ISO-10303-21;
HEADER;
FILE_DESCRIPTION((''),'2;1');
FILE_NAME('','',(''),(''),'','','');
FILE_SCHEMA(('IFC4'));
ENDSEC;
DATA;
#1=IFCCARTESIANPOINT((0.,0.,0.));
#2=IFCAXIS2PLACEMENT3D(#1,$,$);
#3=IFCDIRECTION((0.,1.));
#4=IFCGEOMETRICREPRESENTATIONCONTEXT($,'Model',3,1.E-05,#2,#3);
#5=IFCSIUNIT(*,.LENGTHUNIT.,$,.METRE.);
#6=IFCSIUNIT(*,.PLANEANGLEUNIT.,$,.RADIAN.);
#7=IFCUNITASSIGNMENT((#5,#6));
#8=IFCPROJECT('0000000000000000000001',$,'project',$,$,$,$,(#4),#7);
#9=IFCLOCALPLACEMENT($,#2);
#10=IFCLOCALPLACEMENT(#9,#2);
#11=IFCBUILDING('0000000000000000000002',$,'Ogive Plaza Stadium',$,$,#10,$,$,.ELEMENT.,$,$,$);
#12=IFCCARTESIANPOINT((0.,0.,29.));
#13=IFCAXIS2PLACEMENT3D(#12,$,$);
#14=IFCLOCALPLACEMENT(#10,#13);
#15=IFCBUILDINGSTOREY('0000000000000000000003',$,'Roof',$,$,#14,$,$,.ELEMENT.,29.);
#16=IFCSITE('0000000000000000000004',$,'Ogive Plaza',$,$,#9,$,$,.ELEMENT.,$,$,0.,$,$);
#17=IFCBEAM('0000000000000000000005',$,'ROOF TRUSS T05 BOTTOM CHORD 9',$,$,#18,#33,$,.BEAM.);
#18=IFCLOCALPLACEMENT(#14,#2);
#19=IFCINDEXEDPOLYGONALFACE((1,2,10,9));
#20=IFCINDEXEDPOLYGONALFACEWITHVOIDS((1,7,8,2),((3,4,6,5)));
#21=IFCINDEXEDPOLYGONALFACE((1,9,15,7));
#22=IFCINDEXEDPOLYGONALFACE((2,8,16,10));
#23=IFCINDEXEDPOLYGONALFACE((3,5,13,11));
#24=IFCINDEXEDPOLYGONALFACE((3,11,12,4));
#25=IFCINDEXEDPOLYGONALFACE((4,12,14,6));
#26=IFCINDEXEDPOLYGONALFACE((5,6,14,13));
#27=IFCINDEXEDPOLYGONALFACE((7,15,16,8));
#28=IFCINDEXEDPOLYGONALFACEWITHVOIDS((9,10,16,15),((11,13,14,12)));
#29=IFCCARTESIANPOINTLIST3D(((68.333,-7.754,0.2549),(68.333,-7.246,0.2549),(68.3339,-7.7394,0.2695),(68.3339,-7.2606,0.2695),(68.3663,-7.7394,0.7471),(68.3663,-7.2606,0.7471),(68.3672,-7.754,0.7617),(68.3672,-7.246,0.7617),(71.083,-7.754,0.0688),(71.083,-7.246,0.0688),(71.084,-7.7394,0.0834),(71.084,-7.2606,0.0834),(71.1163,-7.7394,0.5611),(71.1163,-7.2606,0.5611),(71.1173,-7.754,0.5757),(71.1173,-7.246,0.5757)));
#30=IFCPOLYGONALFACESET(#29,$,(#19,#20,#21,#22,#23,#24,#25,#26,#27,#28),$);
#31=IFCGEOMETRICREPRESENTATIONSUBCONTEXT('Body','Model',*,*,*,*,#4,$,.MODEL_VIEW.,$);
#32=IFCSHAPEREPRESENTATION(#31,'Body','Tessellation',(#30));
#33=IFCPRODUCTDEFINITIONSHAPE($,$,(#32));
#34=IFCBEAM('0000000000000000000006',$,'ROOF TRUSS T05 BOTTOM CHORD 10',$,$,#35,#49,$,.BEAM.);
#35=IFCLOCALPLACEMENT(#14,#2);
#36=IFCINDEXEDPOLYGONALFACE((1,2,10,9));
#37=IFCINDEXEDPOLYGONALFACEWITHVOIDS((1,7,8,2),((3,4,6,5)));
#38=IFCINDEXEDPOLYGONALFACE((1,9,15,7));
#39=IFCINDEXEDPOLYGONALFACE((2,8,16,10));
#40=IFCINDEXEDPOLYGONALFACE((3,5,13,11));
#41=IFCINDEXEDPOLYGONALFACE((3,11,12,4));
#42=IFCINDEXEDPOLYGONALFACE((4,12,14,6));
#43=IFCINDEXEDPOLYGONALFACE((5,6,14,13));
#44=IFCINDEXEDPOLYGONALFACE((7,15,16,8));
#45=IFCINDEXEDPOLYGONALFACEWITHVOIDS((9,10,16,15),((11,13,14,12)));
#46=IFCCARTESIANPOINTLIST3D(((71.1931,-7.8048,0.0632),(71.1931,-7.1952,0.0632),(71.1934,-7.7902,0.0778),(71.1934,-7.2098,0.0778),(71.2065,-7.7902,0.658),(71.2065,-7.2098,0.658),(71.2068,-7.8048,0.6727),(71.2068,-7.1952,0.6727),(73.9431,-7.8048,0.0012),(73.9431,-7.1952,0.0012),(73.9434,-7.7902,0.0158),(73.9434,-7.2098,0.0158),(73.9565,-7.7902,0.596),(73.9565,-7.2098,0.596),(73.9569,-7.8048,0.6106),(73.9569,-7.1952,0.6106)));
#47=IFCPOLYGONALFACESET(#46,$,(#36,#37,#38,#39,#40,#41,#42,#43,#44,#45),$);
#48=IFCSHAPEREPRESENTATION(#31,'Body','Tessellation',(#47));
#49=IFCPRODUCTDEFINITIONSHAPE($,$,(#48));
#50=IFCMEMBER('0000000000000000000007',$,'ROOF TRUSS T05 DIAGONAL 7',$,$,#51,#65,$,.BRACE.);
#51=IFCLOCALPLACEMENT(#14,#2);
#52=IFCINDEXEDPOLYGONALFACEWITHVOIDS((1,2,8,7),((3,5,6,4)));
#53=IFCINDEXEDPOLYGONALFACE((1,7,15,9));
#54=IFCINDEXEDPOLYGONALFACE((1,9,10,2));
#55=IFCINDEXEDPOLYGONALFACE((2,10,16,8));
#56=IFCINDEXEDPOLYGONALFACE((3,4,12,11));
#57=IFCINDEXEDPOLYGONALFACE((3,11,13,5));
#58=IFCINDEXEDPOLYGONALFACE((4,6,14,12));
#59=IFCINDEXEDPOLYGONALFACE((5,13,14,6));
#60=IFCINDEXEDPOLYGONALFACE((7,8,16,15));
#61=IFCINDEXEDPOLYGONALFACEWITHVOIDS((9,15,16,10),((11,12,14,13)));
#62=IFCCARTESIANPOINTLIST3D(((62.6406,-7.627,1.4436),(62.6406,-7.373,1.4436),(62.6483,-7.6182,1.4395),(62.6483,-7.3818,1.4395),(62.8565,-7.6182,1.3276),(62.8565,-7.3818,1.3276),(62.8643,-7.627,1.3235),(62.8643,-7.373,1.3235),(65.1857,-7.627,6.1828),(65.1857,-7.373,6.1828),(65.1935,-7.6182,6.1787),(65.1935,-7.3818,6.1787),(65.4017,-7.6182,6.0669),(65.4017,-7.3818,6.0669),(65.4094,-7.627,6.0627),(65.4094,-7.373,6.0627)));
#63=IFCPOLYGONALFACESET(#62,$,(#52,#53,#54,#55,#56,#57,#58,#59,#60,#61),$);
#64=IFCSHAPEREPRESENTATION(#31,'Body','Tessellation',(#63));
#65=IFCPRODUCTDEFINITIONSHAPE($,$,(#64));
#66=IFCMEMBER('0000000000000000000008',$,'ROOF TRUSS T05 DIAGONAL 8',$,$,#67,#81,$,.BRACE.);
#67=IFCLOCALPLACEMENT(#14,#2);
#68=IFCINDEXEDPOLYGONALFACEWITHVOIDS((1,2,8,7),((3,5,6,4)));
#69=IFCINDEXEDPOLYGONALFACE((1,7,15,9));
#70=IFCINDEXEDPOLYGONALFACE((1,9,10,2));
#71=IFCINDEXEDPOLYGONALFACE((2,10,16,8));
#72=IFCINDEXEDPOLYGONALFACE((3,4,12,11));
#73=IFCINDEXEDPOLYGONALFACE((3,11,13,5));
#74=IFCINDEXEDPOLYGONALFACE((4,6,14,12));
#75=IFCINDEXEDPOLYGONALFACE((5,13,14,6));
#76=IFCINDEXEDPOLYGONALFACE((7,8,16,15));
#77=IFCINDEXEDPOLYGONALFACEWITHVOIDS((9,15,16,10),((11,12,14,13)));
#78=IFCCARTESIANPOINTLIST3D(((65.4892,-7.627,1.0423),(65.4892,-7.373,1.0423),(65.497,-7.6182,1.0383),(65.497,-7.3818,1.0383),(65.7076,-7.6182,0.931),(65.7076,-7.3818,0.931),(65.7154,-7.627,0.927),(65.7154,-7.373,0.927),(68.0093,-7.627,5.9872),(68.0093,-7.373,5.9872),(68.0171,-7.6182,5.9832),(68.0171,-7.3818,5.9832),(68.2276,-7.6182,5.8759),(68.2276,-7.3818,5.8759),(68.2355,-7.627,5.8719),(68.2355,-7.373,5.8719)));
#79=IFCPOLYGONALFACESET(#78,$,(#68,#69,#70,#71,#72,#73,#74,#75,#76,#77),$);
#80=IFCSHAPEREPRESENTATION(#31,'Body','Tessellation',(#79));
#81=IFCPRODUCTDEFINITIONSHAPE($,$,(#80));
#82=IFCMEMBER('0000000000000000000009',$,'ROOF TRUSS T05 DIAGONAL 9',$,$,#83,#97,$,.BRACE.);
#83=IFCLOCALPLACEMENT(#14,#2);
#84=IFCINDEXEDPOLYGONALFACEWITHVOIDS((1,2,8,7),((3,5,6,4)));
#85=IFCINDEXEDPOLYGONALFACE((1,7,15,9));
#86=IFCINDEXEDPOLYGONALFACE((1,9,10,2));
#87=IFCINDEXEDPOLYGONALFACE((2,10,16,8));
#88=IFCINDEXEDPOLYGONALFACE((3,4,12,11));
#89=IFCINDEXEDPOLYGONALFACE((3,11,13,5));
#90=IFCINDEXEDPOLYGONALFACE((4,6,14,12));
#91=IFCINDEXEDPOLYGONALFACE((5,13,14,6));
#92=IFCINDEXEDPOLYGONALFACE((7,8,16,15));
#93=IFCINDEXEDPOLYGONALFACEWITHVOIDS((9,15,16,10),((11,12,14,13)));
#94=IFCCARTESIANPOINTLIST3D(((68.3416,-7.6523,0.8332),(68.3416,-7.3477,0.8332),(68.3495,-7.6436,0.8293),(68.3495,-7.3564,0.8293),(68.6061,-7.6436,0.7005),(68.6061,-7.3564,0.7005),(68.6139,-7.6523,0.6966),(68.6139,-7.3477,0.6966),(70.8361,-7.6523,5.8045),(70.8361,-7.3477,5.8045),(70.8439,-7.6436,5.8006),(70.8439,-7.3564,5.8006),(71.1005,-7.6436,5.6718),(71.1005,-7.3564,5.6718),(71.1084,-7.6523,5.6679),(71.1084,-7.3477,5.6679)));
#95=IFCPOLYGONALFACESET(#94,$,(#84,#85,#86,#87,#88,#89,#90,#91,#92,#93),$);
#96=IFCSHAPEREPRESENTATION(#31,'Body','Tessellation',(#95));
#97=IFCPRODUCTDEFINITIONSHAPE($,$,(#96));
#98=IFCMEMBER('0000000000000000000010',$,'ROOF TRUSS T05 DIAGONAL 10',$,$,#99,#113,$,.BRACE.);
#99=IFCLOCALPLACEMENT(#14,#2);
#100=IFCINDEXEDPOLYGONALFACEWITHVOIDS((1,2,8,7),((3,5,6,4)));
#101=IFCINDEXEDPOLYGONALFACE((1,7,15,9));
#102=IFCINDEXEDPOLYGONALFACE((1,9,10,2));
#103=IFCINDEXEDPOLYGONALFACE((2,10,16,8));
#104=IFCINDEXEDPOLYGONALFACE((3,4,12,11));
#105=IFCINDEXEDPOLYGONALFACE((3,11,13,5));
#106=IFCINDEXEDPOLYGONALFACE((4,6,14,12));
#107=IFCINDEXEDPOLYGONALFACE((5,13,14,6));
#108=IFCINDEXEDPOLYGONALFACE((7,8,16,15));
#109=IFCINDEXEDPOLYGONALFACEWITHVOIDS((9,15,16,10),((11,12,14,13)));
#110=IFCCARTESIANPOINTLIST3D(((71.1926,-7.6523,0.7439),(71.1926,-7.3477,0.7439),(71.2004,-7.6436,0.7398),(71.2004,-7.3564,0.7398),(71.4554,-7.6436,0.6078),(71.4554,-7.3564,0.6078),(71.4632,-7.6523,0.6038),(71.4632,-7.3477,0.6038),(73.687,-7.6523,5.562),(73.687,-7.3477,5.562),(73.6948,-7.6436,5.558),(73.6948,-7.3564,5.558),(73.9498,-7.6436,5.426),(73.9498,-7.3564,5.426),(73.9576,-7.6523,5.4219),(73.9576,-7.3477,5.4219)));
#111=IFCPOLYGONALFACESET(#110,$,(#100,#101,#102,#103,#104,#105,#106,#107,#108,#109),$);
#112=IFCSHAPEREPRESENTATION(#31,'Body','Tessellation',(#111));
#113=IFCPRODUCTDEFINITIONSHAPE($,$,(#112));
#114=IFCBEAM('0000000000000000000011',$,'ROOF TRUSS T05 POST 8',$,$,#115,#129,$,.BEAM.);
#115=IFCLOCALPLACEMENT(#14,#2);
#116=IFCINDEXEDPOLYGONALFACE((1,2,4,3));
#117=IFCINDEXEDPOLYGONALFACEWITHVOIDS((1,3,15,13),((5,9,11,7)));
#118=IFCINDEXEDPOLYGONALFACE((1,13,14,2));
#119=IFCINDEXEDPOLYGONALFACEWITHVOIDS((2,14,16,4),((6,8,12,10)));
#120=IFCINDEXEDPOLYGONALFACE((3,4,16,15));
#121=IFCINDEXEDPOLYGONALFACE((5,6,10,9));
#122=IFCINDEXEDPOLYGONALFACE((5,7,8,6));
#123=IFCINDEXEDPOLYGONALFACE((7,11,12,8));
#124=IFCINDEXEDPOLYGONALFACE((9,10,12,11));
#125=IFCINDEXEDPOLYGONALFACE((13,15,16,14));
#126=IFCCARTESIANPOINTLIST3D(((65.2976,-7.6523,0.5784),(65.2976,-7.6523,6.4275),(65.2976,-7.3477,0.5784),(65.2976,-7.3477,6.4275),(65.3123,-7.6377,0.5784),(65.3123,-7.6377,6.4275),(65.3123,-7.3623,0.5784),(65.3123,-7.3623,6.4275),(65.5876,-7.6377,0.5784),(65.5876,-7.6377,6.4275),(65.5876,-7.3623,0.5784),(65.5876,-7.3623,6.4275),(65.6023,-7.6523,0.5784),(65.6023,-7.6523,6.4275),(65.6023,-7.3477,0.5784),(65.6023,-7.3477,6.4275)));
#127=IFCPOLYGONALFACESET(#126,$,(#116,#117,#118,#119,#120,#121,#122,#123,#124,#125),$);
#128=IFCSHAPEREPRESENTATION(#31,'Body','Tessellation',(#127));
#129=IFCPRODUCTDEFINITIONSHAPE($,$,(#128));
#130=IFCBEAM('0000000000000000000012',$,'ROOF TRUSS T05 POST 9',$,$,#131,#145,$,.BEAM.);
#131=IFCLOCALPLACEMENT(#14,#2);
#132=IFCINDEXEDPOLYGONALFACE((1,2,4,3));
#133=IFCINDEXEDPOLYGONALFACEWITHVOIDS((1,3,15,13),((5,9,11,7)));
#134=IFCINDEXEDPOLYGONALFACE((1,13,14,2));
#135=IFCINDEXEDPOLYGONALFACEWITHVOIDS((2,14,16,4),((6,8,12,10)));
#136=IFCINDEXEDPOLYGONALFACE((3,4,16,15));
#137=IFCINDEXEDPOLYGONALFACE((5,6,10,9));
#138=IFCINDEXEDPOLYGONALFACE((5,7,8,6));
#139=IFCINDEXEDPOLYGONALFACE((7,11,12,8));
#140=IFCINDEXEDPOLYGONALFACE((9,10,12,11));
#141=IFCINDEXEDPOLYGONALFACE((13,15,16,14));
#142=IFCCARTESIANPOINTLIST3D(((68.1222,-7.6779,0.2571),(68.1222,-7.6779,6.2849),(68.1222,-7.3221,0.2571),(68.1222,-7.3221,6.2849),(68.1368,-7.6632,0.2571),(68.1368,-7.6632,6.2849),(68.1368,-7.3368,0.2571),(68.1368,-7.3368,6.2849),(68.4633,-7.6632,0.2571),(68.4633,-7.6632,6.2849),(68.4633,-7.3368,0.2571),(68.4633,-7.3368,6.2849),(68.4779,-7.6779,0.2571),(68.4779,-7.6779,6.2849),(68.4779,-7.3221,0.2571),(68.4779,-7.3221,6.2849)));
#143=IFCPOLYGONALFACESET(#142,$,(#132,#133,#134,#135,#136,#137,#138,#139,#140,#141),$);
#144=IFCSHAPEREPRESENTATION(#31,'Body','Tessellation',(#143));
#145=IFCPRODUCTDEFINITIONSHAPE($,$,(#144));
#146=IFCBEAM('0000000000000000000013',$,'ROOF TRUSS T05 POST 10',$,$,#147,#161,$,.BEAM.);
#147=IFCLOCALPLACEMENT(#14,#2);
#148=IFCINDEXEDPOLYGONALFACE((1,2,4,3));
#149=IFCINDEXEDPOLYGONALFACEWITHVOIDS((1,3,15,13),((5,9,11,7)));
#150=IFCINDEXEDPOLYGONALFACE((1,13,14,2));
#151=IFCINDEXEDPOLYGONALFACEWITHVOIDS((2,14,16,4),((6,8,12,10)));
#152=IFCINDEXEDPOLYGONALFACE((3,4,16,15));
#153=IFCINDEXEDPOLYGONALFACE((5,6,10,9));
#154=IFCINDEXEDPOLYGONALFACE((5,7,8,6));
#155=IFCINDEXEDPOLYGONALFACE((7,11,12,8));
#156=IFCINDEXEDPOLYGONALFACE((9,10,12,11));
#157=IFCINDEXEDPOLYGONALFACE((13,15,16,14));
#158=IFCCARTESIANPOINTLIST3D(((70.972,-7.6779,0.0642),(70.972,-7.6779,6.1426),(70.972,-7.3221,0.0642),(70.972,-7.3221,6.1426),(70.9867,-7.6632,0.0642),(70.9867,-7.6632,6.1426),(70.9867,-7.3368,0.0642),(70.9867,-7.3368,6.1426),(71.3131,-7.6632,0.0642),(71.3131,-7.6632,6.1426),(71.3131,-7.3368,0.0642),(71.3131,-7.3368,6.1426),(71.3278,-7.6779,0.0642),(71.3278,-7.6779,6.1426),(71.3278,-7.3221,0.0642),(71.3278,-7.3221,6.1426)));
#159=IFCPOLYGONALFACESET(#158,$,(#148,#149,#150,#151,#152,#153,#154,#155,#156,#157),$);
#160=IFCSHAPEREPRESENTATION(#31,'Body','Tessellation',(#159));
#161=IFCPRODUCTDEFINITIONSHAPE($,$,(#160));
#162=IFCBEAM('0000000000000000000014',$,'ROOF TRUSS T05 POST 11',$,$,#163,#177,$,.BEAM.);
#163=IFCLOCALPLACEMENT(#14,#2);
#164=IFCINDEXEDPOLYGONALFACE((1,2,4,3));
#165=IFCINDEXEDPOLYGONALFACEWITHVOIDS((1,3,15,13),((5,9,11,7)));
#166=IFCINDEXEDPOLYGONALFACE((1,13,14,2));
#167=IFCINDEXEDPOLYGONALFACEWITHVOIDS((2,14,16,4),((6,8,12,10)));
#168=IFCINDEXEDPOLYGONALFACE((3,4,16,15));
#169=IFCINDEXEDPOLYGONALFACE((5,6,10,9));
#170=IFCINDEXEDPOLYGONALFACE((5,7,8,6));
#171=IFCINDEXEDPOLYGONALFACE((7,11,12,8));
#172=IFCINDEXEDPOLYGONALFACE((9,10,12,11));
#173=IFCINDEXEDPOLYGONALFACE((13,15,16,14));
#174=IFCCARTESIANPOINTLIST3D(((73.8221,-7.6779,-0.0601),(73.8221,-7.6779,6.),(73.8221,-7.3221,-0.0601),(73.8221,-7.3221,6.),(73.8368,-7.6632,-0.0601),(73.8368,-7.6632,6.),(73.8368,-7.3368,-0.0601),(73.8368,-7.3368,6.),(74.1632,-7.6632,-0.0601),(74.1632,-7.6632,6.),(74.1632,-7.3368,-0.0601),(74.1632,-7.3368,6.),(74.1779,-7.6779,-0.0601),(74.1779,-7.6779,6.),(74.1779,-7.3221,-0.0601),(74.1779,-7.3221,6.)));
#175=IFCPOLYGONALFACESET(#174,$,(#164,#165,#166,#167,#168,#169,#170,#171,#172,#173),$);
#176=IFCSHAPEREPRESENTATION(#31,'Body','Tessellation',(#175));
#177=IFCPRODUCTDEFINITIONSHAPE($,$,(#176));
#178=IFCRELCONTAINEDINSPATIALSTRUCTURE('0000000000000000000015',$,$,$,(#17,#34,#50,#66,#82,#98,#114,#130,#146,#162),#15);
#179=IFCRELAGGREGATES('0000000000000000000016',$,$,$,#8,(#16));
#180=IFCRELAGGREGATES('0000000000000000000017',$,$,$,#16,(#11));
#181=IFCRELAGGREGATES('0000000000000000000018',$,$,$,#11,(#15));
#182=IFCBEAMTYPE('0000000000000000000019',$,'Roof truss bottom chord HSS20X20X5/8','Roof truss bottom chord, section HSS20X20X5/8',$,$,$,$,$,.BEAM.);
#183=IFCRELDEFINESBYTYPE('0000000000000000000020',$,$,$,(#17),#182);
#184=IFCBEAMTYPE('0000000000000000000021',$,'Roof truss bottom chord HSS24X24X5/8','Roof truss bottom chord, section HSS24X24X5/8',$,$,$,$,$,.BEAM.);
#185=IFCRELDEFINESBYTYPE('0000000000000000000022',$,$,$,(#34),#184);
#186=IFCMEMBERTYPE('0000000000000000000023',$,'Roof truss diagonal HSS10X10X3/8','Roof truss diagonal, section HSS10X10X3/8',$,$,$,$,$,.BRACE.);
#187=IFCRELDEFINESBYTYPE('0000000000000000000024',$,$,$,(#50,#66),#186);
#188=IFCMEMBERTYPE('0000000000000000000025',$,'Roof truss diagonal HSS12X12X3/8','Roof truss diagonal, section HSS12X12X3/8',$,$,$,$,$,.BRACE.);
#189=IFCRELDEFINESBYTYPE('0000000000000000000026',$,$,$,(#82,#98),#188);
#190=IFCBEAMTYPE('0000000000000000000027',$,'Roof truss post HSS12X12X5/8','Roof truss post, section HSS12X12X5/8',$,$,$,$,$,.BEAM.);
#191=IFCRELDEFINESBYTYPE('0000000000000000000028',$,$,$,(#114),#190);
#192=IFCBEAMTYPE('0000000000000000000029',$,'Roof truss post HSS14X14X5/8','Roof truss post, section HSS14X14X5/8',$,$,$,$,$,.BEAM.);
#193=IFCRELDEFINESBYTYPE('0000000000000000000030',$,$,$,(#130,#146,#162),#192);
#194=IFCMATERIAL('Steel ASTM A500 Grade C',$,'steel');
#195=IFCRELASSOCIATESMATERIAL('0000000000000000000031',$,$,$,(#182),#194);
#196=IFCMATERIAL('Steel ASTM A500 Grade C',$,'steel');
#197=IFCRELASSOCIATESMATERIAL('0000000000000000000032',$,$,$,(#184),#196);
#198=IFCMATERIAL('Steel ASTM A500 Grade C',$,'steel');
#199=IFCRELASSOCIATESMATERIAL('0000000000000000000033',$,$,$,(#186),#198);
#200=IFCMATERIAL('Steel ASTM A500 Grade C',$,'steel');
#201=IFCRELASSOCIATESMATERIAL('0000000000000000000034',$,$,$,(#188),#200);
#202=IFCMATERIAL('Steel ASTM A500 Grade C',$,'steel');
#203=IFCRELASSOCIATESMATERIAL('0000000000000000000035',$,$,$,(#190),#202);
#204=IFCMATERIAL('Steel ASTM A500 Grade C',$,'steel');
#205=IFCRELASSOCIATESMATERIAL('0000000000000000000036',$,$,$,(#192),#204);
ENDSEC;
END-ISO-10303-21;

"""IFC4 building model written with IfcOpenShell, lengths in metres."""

from ifc_helpers import new_model, si_unit, direction, frame, origin, origin_2d, place, context, subcontext, project, spatial, hollow_rectangle, extrude, material, material_profile, profile_set, type_object, element, save


model = new_model("IFC4")

# Units and contexts
model_context = context("Model", 3, precision=1e-05, world=origin(), true_north=direction((0.0, 1.0)))
body_context = subcontext(model_context, "Body", "Model", "MODEL_VIEW")
ifc_project = project(units=[si_unit("LENGTHUNIT", "METRE"), si_unit("PLANEANGLEUNIT", "RADIAN")], contexts=[model_context])

# Site, building, storey
site_placement = place(None, origin())
site = spatial("IfcSite", under=ifc_project, at=site_placement, Name="Ogive Plaza", CompositionType="ELEMENT", RefElevation=0.0)
building_placement = place(site_placement, origin())
building = spatial("IfcBuilding", under=site, at=building_placement, Name="Ogive Plaza Stadium", CompositionType="ELEMENT")
storey_placement = place(building_placement, frame((0.0, 0.0, 29.0)))
storey = spatial("IfcBuildingStorey", under=building, at=storey_placement, Name="Roof", CompositionType="ELEMENT", Elevation=29.0)

# Beams
ifc_material_1 = material(Name="Steel ASTM A500 Grade C", Category="steel")
ifc_material_profile_1 = material_profile(ifc_material_1, hollow_rectangle(XDim=0.5081, YDim=0.5081, WallThickness=0.0146, at=origin_2d()), Name="HSS20X20X5/8")
ifc_profile_set_1 = profile_set([ifc_material_profile_1], Name="Steel ASTM A500 Grade C")
beam_type_1 = type_object("IfcBeamType", Name="Roof truss bottom chord HSS20X20X5/8", Description="Roof truss bottom chord, section HSS20X20X5/8", PredefinedType="BEAM", material=ifc_profile_set_1)
beam_1_placement = place(storey_placement, frame((68.3501, -7.5, 0.5083), z_axis=(0.99772, 0.0, -0.067495), x_axis=(0.0, 1.0, 0.0)))
element("IfcBeam", 1, at=beam_1_placement, inside=storey, type_object=beam_type_1, Name="ROOF TRUSS T05 BOTTOM CHORD 9", PredefinedType="BEAM", context=body_context, shape_type="SweptSolid", body=[
    extrude(hollow_rectangle(XDim=0.5081, YDim=0.5081, WallThickness=0.0146, at=origin_2d()), origin(), (0.0, 0.0, 1.0), 2.7563),
])
ifc_material_2 = material(Name="Steel ASTM A500 Grade C", Category="steel")
ifc_material_profile_2 = material_profile(ifc_material_2, hollow_rectangle(XDim=0.6096, YDim=0.6096, WallThickness=0.0146, at=origin_2d()), Name="HSS24X24X5/8")
ifc_profile_set_2 = profile_set([ifc_material_profile_2], Name="Steel ASTM A500 Grade C")
beam_type_2 = type_object("IfcBeamType", Name="Roof truss bottom chord HSS24X24X5/8", Description="Roof truss bottom chord, section HSS24X24X5/8", PredefinedType="BEAM", material=ifc_profile_set_2)
beam_2_placement = place(storey_placement, frame((71.2, -7.5, 0.3679), z_axis=(0.999746, 0.0, -0.022544), x_axis=(0.0, 1.0, 0.0)))
element("IfcBeam", 2, at=beam_2_placement, inside=storey, type_object=beam_type_2, Name="ROOF TRUSS T05 BOTTOM CHORD 10", PredefinedType="BEAM", context=body_context, shape_type="SweptSolid", body=[
    extrude(hollow_rectangle(XDim=0.6096, YDim=0.6096, WallThickness=0.0146, at=origin_2d()), origin(), (0.0, 0.0, 1.0), 2.7507),
])

# Members
ifc_material_3 = material(Name="Steel ASTM A500 Grade C", Category="steel")
ifc_material_profile_3 = material_profile(ifc_material_3, hollow_rectangle(XDim=0.2539, YDim=0.2539, WallThickness=0.0088, at=origin_2d()), Name="HSS10X10X3/8")
ifc_profile_set_3 = profile_set([ifc_material_profile_3], Name="Steel ASTM A500 Grade C")
member_type_1 = type_object("IfcMemberType", Name="Roof truss diagonal HSS10X10X3/8", Description="Roof truss diagonal, section HSS10X10X3/8", PredefinedType="BRACE", material=ifc_profile_set_3)
member_1_placement = place(storey_placement, frame((62.7524, -7.5, 1.3835), z_axis=(0.473128, 0.0, 0.880994), x_axis=(0.0, 1.0, 0.0)))
element("IfcMember", 3, at=member_1_placement, inside=storey, type_object=member_type_1, Name="ROOF TRUSS T05 DIAGONAL 7", PredefinedType="BRACE", context=body_context, shape_type="SweptSolid", body=[
    extrude(hollow_rectangle(XDim=0.2539, YDim=0.2539, WallThickness=0.0088, at=origin_2d()), origin(), (0.0, 0.0, 1.0), 5.3794),
])
member_2_placement = place(storey_placement, frame((65.6023, -7.5, 0.9846), z_axis=(0.454063, 0.0, 0.89097), x_axis=(0.0, 1.0, 0.0)))
element("IfcMember", 4, at=member_2_placement, inside=storey, type_object=member_type_1, Name="ROOF TRUSS T05 DIAGONAL 8", PredefinedType="BRACE", context=body_context, shape_type="SweptSolid", body=[
    extrude(hollow_rectangle(XDim=0.2539, YDim=0.2539, WallThickness=0.0088, at=origin_2d()), origin(), (0.0, 0.0, 1.0), 5.55),
])
ifc_material_4 = material(Name="Steel ASTM A500 Grade C", Category="steel")
ifc_material_profile_4 = material_profile(ifc_material_4, hollow_rectangle(XDim=0.3047, YDim=0.3047, WallThickness=0.0088, at=origin_2d()), Name="HSS12X12X3/8")
ifc_profile_set_4 = profile_set([ifc_material_profile_4], Name="Steel ASTM A500 Grade C")
member_type_2 = type_object("IfcMemberType", Name="Roof truss diagonal HSS12X12X3/8", Description="Roof truss diagonal, section HSS12X12X3/8", PredefinedType="BRACE", material=ifc_profile_set_4)
member_3_placement = place(storey_placement, frame((68.4778, -7.5, 0.7649), z_axis=(0.448477, 0.0, 0.893794), x_axis=(0.0, 1.0, 0.0)))
element("IfcMember", 5, at=member_3_placement, inside=storey, type_object=member_type_2, Name="ROOF TRUSS T05 DIAGONAL 9", PredefinedType="BRACE", context=body_context, shape_type="SweptSolid", body=[
    extrude(hollow_rectangle(XDim=0.3047, YDim=0.3047, WallThickness=0.0088, at=origin_2d()), origin(), (0.0, 0.0, 1.0), 5.562),
])
member_4_placement = place(storey_placement, frame((71.3279, -7.5, 0.6738), z_axis=(0.459751, 0.0, 0.888048), x_axis=(0.0, 1.0, 0.0)))
element("IfcMember", 6, at=member_4_placement, inside=storey, type_object=member_type_2, Name="ROOF TRUSS T05 DIAGONAL 10", PredefinedType="BRACE", context=body_context, shape_type="SweptSolid", body=[
    extrude(hollow_rectangle(XDim=0.3047, YDim=0.3047, WallThickness=0.0088, at=origin_2d()), origin(), (0.0, 0.0, 1.0), 5.4255),
])

# Beams
ifc_material_5 = material(Name="Steel ASTM A500 Grade C", Category="steel")
ifc_material_profile_5 = material_profile(ifc_material_5, hollow_rectangle(XDim=0.3047, YDim=0.3047, WallThickness=0.0146, at=origin_2d()), Name="HSS12X12X5/8")
ifc_profile_set_5 = profile_set([ifc_material_profile_5], Name="Steel ASTM A500 Grade C")
beam_type_3 = type_object("IfcBeamType", Name="Roof truss post HSS12X12X5/8", Description="Roof truss post, section HSS12X12X5/8", PredefinedType="BEAM", material=ifc_profile_set_5)
beam_3_placement = place(storey_placement, frame((65.45, -7.5, 0.5784), z_axis=(0.0, 0.0, 1.0), x_axis=(0.0, 1.0, 0.0)))
element("IfcBeam", 7, at=beam_3_placement, inside=storey, type_object=beam_type_3, Name="ROOF TRUSS T05 POST 8", PredefinedType="BEAM", context=body_context, shape_type="SweptSolid", body=[
    extrude(hollow_rectangle(XDim=0.3047, YDim=0.3047, WallThickness=0.0146, at=origin_2d()), origin(), (0.0, 0.0, 1.0), 5.8491),
])
ifc_material_6 = material(Name="Steel ASTM A500 Grade C", Category="steel")
ifc_material_profile_6 = material_profile(ifc_material_6, hollow_rectangle(XDim=0.3557, YDim=0.3557, WallThickness=0.0146, at=origin_2d()), Name="HSS14X14X5/8")
ifc_profile_set_6 = profile_set([ifc_material_profile_6], Name="Steel ASTM A500 Grade C")
beam_type_4 = type_object("IfcBeamType", Name="Roof truss post HSS14X14X5/8", Description="Roof truss post, section HSS14X14X5/8", PredefinedType="BEAM", material=ifc_profile_set_6)
beam_4_placement = place(storey_placement, frame((68.3, -7.5, 0.2571), z_axis=(0.0, 0.0, 1.0), x_axis=(0.0, 1.0, 0.0)))
element("IfcBeam", 8, at=beam_4_placement, inside=storey, type_object=beam_type_4, Name="ROOF TRUSS T05 POST 9", PredefinedType="BEAM", context=body_context, shape_type="SweptSolid", body=[
    extrude(hollow_rectangle(XDim=0.3557, YDim=0.3557, WallThickness=0.0146, at=origin_2d()), origin(), (0.0, 0.0, 1.0), 6.0278),
])
beam_5_placement = place(storey_placement, frame((71.1499, -7.5, 0.0642), z_axis=(0.0, 0.0, 1.0), x_axis=(0.0, 1.0, 0.0)))
element("IfcBeam", 9, at=beam_5_placement, inside=storey, type_object=beam_type_4, Name="ROOF TRUSS T05 POST 10", PredefinedType="BEAM", context=body_context, shape_type="SweptSolid", body=[
    extrude(hollow_rectangle(XDim=0.3557, YDim=0.3557, WallThickness=0.0146, at=origin_2d()), origin(), (0.0, 0.0, 1.0), 6.0784),
])
beam_6_placement = place(storey_placement, frame((74.0, -7.5, -0.0601), z_axis=(0.0, 0.0, 1.0), x_axis=(0.0, 1.0, 0.0)))
element("IfcBeam", 10, at=beam_6_placement, inside=storey, type_object=beam_type_4, Name="ROOF TRUSS T05 POST 11", PredefinedType="BEAM", context=body_context, shape_type="SweptSolid", body=[
    extrude(hollow_rectangle(XDim=0.3557, YDim=0.3557, WallThickness=0.0146, at=origin_2d()), origin(), (0.0, 0.0, 1.0), 6.0601),
])

save(model, "model.ifc")
